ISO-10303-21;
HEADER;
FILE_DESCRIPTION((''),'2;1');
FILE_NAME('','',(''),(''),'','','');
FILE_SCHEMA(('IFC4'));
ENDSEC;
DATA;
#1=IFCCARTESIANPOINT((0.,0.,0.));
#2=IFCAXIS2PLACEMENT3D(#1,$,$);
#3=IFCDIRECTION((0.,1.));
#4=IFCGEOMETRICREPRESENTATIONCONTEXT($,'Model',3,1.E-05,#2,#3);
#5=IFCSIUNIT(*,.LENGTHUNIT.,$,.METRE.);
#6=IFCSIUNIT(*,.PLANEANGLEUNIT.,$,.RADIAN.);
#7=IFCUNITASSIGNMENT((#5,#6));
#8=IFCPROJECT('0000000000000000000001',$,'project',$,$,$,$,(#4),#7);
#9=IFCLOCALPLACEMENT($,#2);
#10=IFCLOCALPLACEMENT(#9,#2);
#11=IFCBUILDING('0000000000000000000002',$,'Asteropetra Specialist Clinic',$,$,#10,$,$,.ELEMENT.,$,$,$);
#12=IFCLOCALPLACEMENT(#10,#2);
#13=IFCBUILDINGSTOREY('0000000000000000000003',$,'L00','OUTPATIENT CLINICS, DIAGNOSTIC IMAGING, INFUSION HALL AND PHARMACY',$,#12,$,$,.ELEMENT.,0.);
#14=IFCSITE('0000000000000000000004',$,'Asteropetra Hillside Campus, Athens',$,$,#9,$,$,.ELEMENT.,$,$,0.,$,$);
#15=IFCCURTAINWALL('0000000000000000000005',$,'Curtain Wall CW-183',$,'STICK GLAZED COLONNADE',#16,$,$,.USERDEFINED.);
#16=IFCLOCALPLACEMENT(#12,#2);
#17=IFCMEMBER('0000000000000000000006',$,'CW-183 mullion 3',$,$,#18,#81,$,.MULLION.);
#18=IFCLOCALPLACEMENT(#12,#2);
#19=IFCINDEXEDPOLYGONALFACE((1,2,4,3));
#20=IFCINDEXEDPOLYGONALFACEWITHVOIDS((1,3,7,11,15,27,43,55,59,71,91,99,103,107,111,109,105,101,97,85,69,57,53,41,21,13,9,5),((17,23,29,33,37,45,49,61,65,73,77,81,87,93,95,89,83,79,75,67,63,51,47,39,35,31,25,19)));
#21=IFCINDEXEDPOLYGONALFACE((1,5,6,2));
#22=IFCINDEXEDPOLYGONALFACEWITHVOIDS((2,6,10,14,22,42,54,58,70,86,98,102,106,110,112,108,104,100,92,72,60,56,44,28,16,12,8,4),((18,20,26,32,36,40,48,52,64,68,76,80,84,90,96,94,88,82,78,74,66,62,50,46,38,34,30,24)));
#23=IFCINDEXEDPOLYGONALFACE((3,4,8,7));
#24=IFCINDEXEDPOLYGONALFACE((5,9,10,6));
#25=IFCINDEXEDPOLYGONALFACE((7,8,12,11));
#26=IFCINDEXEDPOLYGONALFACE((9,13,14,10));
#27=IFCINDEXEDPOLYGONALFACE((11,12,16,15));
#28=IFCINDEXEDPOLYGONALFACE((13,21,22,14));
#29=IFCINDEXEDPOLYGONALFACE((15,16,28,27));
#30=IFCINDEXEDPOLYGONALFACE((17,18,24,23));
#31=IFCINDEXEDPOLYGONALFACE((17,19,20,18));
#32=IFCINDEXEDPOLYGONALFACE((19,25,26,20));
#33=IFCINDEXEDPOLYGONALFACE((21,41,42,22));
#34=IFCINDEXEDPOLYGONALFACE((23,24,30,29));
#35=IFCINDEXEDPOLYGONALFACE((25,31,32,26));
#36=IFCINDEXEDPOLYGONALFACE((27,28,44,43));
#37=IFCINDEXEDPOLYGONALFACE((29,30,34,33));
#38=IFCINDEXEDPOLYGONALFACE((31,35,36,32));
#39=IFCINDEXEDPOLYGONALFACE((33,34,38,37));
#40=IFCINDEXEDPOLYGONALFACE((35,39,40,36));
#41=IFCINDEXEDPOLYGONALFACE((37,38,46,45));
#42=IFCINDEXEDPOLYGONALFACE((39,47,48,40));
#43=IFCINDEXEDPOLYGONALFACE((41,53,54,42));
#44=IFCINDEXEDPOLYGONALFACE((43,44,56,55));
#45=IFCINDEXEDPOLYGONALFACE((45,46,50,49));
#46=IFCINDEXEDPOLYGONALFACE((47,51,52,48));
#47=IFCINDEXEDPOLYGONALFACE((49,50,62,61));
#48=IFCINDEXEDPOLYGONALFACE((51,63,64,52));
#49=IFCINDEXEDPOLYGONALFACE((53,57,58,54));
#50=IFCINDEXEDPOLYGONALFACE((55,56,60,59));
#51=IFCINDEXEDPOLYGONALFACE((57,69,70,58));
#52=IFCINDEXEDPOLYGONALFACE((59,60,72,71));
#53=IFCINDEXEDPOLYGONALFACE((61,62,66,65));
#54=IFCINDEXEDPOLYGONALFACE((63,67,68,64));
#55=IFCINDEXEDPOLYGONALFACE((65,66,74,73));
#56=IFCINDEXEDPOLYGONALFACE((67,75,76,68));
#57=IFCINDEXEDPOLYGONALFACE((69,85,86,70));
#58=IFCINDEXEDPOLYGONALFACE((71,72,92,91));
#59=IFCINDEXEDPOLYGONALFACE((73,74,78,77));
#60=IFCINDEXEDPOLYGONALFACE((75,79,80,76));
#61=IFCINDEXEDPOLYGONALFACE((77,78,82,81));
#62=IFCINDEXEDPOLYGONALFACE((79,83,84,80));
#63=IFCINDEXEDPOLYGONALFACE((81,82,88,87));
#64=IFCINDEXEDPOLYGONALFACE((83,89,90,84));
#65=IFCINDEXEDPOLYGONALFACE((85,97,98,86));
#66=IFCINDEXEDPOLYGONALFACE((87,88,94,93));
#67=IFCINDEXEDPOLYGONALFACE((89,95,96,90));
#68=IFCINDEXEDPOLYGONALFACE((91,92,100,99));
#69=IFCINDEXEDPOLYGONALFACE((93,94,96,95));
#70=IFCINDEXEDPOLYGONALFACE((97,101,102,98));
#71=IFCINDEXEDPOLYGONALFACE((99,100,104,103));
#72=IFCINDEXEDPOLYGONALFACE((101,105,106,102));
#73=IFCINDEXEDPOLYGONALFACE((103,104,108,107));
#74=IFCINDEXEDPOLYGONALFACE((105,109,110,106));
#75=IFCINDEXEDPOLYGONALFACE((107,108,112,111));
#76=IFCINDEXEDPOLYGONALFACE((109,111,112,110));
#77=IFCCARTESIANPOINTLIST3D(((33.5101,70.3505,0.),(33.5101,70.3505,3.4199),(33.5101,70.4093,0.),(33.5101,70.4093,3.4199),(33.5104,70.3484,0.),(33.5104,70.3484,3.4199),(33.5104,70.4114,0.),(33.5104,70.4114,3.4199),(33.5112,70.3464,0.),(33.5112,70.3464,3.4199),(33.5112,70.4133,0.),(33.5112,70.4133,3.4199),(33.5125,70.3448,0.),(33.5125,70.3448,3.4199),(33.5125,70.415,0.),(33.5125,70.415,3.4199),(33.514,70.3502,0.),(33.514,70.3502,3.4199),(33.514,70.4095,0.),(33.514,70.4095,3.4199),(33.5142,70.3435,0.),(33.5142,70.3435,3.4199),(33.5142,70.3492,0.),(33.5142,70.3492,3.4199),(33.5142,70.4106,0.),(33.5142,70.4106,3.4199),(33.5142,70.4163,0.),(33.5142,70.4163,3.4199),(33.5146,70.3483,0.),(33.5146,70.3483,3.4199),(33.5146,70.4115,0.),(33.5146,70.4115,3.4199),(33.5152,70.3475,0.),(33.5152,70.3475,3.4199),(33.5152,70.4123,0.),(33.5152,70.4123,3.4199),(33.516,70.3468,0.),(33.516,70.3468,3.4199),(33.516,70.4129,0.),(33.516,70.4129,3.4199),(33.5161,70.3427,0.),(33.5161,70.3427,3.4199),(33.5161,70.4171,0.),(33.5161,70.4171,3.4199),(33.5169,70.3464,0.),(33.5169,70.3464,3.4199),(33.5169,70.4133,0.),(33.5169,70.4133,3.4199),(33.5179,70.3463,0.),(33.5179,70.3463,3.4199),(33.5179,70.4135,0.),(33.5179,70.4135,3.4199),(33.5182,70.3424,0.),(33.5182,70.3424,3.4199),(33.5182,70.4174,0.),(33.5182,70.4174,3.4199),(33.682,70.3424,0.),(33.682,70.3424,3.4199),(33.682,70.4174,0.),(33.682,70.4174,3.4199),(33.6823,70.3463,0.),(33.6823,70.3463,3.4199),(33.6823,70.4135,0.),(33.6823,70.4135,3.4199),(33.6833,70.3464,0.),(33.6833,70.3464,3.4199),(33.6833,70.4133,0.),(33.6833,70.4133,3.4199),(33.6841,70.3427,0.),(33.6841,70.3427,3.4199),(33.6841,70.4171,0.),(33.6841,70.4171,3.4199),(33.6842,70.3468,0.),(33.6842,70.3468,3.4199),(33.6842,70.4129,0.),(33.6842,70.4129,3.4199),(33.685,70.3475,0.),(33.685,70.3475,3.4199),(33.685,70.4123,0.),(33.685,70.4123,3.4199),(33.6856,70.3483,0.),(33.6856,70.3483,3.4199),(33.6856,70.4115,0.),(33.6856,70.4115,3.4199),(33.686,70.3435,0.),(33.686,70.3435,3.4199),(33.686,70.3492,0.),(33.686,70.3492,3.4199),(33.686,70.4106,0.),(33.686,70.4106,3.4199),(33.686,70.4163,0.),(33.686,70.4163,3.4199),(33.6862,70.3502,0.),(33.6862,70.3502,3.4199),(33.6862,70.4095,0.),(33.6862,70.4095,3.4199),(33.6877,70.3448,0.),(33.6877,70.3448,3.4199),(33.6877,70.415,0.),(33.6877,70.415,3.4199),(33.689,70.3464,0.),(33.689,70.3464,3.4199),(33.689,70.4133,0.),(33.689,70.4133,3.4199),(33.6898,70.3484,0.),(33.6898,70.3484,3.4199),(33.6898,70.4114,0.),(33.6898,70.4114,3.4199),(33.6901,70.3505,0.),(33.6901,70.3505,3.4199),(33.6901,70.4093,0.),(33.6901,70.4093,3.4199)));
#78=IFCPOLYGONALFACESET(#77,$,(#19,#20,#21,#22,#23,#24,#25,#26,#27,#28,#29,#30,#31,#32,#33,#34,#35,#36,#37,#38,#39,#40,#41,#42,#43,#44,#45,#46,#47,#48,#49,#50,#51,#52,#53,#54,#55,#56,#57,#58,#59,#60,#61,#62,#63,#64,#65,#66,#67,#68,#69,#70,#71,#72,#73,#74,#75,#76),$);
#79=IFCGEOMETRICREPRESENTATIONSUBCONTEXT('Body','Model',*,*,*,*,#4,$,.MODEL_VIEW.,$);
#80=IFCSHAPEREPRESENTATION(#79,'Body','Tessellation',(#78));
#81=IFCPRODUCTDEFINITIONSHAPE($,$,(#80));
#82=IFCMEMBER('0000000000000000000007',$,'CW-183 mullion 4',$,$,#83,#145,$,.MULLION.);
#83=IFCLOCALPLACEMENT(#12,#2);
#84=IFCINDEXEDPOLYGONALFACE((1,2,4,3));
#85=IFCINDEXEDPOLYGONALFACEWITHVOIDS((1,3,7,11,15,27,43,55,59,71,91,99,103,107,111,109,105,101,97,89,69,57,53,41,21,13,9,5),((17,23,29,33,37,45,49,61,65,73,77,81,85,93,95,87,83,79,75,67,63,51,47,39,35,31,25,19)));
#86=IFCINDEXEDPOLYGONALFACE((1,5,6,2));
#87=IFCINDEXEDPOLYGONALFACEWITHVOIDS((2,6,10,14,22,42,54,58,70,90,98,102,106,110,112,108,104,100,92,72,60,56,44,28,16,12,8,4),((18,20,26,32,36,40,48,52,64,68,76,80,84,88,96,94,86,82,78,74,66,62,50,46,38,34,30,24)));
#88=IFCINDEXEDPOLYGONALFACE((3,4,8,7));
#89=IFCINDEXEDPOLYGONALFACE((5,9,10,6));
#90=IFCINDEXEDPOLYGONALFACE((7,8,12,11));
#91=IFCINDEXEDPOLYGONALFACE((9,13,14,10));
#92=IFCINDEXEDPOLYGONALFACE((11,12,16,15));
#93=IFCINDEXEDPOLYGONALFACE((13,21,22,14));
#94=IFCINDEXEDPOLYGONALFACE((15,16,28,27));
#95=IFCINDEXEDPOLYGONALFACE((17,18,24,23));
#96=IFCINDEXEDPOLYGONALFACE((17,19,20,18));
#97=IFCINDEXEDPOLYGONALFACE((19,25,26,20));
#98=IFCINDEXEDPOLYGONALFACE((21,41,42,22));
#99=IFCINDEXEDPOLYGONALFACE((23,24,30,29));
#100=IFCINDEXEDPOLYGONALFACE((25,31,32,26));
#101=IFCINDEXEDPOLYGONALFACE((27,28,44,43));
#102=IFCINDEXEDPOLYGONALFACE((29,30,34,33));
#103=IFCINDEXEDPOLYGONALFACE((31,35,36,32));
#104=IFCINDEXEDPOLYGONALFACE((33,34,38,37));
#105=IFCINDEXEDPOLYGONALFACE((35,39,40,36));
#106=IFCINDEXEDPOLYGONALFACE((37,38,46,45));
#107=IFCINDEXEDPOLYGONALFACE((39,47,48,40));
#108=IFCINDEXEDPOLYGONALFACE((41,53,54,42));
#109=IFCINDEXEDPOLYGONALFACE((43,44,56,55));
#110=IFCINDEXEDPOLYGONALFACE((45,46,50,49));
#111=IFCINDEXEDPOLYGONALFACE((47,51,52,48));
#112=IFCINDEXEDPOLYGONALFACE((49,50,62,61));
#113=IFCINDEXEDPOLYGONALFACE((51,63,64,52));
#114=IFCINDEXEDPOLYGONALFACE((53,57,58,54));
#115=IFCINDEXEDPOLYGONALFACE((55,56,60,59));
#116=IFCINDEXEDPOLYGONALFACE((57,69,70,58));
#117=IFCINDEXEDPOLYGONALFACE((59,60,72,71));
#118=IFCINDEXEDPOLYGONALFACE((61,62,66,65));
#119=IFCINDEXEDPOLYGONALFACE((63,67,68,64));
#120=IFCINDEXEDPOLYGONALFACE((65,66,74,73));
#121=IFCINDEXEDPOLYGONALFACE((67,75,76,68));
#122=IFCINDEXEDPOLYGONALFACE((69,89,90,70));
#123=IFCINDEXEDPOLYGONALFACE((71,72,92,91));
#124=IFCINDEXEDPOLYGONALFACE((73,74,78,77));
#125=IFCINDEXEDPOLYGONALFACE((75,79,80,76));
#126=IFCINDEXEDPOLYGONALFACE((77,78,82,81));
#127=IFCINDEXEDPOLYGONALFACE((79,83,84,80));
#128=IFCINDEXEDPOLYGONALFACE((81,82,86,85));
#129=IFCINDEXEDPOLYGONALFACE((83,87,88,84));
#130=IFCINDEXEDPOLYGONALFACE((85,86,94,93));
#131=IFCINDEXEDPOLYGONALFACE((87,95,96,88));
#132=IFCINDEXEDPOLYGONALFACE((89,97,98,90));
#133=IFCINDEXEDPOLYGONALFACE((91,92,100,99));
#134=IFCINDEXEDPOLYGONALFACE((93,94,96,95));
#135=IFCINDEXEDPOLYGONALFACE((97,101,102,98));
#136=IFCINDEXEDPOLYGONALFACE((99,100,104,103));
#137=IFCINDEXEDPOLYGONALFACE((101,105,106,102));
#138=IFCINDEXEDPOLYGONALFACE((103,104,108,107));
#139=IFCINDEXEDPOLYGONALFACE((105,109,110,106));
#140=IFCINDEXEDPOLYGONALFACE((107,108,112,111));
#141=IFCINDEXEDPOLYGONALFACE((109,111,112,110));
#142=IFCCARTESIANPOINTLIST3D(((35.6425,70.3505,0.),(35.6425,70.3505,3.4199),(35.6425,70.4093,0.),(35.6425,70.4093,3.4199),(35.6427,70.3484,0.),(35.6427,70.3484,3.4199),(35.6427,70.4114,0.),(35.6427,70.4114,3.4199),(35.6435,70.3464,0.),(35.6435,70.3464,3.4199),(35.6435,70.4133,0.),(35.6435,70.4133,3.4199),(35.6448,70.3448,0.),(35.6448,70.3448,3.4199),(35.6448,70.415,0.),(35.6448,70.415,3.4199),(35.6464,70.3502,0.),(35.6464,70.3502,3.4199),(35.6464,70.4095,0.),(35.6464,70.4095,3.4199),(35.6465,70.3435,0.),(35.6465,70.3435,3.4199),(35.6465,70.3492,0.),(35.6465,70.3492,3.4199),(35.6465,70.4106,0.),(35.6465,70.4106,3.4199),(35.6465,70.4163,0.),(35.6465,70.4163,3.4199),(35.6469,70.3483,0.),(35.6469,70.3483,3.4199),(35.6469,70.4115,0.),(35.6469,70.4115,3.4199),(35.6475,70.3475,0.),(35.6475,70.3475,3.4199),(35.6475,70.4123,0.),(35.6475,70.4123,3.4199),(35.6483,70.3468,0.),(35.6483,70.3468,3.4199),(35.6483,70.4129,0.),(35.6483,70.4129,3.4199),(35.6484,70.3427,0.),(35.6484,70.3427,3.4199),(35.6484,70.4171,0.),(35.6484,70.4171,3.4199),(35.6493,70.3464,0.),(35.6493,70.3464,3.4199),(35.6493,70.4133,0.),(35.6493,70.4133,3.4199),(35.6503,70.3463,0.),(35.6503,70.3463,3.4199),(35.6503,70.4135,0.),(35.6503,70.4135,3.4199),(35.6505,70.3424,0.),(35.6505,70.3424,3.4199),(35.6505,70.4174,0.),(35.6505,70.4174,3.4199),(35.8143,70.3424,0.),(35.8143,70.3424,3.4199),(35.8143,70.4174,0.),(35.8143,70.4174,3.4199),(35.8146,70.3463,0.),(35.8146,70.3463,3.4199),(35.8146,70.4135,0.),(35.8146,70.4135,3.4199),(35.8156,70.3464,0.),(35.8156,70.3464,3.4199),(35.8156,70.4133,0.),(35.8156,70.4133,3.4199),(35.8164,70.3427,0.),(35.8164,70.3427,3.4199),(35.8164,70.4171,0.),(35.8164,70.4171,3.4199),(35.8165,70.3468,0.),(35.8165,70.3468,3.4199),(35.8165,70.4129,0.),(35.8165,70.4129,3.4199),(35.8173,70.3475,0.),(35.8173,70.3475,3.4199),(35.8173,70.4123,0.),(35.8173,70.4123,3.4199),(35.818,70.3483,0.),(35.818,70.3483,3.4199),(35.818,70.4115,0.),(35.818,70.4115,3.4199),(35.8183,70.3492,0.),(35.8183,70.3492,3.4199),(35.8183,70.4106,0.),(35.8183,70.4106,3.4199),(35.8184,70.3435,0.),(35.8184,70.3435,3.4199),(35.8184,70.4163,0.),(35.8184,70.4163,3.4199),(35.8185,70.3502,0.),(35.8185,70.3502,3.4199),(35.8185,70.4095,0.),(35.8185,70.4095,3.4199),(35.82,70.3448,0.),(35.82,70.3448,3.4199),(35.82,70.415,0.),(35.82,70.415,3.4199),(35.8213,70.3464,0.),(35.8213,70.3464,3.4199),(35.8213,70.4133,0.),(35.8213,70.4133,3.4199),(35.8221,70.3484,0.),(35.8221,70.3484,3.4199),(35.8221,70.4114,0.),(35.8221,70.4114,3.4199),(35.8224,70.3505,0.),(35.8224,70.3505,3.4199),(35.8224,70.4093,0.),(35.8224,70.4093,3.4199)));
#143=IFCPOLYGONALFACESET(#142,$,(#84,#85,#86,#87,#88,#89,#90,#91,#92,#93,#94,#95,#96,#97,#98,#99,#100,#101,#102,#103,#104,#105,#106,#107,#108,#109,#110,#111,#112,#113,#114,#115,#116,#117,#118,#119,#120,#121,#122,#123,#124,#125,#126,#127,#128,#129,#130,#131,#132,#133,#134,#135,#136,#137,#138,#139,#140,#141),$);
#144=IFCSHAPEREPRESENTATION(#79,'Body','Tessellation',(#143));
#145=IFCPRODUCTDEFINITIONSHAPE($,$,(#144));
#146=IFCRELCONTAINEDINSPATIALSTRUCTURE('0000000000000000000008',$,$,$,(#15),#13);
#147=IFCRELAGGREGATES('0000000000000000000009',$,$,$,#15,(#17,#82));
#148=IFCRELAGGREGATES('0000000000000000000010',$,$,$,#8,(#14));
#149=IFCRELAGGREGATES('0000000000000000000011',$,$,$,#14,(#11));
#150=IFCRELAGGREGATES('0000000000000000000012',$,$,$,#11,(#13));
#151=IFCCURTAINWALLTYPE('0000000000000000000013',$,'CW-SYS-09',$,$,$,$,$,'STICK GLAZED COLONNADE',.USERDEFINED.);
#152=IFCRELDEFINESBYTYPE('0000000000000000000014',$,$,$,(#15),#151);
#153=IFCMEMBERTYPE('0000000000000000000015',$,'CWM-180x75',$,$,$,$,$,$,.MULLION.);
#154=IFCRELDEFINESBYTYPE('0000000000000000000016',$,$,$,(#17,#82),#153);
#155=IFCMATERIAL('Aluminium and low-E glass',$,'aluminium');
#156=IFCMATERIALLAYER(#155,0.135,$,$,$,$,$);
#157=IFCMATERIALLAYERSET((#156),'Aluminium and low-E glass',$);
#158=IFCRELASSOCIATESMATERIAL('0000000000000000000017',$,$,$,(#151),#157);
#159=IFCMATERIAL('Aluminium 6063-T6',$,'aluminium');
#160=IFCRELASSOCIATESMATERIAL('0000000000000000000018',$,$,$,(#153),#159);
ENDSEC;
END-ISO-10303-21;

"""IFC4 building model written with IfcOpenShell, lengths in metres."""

from ifc_helpers import new_model, si_unit, direction, frame, origin, origin_2d, place, context, subcontext, project, spatial, hollow_rectangle, extrude, material, layer, layer_set, material_profile, profile_set, type_object, element, aggregate, save


model = new_model("IFC4")

# Units and contexts
model_context = context("Model", 3, precision=1e-05, world=origin(), true_north=direction((0.0, 1.0)))
body_context = subcontext(model_context, "Body", "Model", "MODEL_VIEW")
ifc_project = project(units=[si_unit("LENGTHUNIT", "METRE"), si_unit("PLANEANGLEUNIT", "RADIAN")], contexts=[model_context])

# Site, building, storey
site_placement = place(None, origin())
site = spatial("IfcSite", under=ifc_project, at=site_placement, Name="Asteropetra Hillside Campus, Athens", CompositionType="ELEMENT", RefElevation=0.0)
building_placement = place(site_placement, origin())
building = spatial("IfcBuilding", under=site, at=building_placement, Name="Asteropetra Specialist Clinic", CompositionType="ELEMENT")
storey_placement = place(building_placement, origin())
storey = spatial("IfcBuildingStorey", under=building, at=storey_placement, Name="L00", Description="OUTPATIENT CLINICS, DIAGNOSTIC IMAGING, INFUSION HALL AND PHARMACY", CompositionType="ELEMENT", Elevation=0.0)

# Curtain wall, members
ifc_material_1 = material(Name="Aluminium and low-E glass", Category="aluminium")
ifc_layer_1 = layer(ifc_material_1, 0.135)
ifc_layer_set_1 = layer_set([ifc_layer_1], Name="Aluminium and low-E glass")
curtain_wall_type = type_object("IfcCurtainWallType", Name="CW-SYS-09", ElementType="STICK GLAZED COLONNADE", PredefinedType="USERDEFINED", material=ifc_layer_set_1)
curtain_wall_placement = place(storey_placement, origin())
curtain_wall = element("IfcCurtainWall", 1, at=curtain_wall_placement, inside=storey, type_object=curtain_wall_type, Name="Curtain Wall CW-183", ObjectType="STICK GLAZED COLONNADE", PredefinedType="USERDEFINED")
ifc_material_2 = material(Name="Aluminium 6063-T6", Category="aluminium")
ifc_material_profile_1 = material_profile(ifc_material_2, hollow_rectangle(XDim=0.075, YDim=0.1799, WallThickness=0.0039, InnerFilletRadius=0.0039, OuterFilletRadius=0.0081, at=origin_2d()), Name="MUL 180x75x4.0")
ifc_profile_set_1 = profile_set([ifc_material_profile_1], Name="Aluminium 6063-T6")
member_type_1 = type_object("IfcMemberType", Name="CWM-180x75", PredefinedType="MULLION", material=ifc_profile_set_1)
member_1_placement = place(storey_placement, frame((33.6001, 70.3799, 0.0), z_axis=(0.0, 0.0, 1.0), x_axis=(0.0, 1.0, 0.0)))
member_1 = element("IfcMember", 2, at=member_1_placement, type_object=member_type_1, Name="CW-183 mullion 3", PredefinedType="MULLION", context=body_context, shape_type="SweptSolid", body=[
    extrude(hollow_rectangle(XDim=0.075, YDim=0.1799, WallThickness=0.0039, InnerFilletRadius=0.0039, OuterFilletRadius=0.0081, at=origin_2d()), origin(), (0.0, 0.0, 1.0), 3.4199),
])
member_2_placement = place(storey_placement, frame((35.7324, 70.3799, 0.0), z_axis=(0.0, 0.0, 1.0), x_axis=(0.0, 1.0, 0.0)))
member_2 = element("IfcMember", 3, at=member_2_placement, type_object=member_type_1, Name="CW-183 mullion 4", PredefinedType="MULLION", context=body_context, shape_type="SweptSolid", body=[
    extrude(hollow_rectangle(XDim=0.075, YDim=0.1799, WallThickness=0.0039, InnerFilletRadius=0.0039, OuterFilletRadius=0.0081, at=origin_2d()), origin(), (0.0, 0.0, 1.0), 3.4199),
])
aggregate(curtain_wall, [member_1, member_2])

save(model, "model.ifc")
